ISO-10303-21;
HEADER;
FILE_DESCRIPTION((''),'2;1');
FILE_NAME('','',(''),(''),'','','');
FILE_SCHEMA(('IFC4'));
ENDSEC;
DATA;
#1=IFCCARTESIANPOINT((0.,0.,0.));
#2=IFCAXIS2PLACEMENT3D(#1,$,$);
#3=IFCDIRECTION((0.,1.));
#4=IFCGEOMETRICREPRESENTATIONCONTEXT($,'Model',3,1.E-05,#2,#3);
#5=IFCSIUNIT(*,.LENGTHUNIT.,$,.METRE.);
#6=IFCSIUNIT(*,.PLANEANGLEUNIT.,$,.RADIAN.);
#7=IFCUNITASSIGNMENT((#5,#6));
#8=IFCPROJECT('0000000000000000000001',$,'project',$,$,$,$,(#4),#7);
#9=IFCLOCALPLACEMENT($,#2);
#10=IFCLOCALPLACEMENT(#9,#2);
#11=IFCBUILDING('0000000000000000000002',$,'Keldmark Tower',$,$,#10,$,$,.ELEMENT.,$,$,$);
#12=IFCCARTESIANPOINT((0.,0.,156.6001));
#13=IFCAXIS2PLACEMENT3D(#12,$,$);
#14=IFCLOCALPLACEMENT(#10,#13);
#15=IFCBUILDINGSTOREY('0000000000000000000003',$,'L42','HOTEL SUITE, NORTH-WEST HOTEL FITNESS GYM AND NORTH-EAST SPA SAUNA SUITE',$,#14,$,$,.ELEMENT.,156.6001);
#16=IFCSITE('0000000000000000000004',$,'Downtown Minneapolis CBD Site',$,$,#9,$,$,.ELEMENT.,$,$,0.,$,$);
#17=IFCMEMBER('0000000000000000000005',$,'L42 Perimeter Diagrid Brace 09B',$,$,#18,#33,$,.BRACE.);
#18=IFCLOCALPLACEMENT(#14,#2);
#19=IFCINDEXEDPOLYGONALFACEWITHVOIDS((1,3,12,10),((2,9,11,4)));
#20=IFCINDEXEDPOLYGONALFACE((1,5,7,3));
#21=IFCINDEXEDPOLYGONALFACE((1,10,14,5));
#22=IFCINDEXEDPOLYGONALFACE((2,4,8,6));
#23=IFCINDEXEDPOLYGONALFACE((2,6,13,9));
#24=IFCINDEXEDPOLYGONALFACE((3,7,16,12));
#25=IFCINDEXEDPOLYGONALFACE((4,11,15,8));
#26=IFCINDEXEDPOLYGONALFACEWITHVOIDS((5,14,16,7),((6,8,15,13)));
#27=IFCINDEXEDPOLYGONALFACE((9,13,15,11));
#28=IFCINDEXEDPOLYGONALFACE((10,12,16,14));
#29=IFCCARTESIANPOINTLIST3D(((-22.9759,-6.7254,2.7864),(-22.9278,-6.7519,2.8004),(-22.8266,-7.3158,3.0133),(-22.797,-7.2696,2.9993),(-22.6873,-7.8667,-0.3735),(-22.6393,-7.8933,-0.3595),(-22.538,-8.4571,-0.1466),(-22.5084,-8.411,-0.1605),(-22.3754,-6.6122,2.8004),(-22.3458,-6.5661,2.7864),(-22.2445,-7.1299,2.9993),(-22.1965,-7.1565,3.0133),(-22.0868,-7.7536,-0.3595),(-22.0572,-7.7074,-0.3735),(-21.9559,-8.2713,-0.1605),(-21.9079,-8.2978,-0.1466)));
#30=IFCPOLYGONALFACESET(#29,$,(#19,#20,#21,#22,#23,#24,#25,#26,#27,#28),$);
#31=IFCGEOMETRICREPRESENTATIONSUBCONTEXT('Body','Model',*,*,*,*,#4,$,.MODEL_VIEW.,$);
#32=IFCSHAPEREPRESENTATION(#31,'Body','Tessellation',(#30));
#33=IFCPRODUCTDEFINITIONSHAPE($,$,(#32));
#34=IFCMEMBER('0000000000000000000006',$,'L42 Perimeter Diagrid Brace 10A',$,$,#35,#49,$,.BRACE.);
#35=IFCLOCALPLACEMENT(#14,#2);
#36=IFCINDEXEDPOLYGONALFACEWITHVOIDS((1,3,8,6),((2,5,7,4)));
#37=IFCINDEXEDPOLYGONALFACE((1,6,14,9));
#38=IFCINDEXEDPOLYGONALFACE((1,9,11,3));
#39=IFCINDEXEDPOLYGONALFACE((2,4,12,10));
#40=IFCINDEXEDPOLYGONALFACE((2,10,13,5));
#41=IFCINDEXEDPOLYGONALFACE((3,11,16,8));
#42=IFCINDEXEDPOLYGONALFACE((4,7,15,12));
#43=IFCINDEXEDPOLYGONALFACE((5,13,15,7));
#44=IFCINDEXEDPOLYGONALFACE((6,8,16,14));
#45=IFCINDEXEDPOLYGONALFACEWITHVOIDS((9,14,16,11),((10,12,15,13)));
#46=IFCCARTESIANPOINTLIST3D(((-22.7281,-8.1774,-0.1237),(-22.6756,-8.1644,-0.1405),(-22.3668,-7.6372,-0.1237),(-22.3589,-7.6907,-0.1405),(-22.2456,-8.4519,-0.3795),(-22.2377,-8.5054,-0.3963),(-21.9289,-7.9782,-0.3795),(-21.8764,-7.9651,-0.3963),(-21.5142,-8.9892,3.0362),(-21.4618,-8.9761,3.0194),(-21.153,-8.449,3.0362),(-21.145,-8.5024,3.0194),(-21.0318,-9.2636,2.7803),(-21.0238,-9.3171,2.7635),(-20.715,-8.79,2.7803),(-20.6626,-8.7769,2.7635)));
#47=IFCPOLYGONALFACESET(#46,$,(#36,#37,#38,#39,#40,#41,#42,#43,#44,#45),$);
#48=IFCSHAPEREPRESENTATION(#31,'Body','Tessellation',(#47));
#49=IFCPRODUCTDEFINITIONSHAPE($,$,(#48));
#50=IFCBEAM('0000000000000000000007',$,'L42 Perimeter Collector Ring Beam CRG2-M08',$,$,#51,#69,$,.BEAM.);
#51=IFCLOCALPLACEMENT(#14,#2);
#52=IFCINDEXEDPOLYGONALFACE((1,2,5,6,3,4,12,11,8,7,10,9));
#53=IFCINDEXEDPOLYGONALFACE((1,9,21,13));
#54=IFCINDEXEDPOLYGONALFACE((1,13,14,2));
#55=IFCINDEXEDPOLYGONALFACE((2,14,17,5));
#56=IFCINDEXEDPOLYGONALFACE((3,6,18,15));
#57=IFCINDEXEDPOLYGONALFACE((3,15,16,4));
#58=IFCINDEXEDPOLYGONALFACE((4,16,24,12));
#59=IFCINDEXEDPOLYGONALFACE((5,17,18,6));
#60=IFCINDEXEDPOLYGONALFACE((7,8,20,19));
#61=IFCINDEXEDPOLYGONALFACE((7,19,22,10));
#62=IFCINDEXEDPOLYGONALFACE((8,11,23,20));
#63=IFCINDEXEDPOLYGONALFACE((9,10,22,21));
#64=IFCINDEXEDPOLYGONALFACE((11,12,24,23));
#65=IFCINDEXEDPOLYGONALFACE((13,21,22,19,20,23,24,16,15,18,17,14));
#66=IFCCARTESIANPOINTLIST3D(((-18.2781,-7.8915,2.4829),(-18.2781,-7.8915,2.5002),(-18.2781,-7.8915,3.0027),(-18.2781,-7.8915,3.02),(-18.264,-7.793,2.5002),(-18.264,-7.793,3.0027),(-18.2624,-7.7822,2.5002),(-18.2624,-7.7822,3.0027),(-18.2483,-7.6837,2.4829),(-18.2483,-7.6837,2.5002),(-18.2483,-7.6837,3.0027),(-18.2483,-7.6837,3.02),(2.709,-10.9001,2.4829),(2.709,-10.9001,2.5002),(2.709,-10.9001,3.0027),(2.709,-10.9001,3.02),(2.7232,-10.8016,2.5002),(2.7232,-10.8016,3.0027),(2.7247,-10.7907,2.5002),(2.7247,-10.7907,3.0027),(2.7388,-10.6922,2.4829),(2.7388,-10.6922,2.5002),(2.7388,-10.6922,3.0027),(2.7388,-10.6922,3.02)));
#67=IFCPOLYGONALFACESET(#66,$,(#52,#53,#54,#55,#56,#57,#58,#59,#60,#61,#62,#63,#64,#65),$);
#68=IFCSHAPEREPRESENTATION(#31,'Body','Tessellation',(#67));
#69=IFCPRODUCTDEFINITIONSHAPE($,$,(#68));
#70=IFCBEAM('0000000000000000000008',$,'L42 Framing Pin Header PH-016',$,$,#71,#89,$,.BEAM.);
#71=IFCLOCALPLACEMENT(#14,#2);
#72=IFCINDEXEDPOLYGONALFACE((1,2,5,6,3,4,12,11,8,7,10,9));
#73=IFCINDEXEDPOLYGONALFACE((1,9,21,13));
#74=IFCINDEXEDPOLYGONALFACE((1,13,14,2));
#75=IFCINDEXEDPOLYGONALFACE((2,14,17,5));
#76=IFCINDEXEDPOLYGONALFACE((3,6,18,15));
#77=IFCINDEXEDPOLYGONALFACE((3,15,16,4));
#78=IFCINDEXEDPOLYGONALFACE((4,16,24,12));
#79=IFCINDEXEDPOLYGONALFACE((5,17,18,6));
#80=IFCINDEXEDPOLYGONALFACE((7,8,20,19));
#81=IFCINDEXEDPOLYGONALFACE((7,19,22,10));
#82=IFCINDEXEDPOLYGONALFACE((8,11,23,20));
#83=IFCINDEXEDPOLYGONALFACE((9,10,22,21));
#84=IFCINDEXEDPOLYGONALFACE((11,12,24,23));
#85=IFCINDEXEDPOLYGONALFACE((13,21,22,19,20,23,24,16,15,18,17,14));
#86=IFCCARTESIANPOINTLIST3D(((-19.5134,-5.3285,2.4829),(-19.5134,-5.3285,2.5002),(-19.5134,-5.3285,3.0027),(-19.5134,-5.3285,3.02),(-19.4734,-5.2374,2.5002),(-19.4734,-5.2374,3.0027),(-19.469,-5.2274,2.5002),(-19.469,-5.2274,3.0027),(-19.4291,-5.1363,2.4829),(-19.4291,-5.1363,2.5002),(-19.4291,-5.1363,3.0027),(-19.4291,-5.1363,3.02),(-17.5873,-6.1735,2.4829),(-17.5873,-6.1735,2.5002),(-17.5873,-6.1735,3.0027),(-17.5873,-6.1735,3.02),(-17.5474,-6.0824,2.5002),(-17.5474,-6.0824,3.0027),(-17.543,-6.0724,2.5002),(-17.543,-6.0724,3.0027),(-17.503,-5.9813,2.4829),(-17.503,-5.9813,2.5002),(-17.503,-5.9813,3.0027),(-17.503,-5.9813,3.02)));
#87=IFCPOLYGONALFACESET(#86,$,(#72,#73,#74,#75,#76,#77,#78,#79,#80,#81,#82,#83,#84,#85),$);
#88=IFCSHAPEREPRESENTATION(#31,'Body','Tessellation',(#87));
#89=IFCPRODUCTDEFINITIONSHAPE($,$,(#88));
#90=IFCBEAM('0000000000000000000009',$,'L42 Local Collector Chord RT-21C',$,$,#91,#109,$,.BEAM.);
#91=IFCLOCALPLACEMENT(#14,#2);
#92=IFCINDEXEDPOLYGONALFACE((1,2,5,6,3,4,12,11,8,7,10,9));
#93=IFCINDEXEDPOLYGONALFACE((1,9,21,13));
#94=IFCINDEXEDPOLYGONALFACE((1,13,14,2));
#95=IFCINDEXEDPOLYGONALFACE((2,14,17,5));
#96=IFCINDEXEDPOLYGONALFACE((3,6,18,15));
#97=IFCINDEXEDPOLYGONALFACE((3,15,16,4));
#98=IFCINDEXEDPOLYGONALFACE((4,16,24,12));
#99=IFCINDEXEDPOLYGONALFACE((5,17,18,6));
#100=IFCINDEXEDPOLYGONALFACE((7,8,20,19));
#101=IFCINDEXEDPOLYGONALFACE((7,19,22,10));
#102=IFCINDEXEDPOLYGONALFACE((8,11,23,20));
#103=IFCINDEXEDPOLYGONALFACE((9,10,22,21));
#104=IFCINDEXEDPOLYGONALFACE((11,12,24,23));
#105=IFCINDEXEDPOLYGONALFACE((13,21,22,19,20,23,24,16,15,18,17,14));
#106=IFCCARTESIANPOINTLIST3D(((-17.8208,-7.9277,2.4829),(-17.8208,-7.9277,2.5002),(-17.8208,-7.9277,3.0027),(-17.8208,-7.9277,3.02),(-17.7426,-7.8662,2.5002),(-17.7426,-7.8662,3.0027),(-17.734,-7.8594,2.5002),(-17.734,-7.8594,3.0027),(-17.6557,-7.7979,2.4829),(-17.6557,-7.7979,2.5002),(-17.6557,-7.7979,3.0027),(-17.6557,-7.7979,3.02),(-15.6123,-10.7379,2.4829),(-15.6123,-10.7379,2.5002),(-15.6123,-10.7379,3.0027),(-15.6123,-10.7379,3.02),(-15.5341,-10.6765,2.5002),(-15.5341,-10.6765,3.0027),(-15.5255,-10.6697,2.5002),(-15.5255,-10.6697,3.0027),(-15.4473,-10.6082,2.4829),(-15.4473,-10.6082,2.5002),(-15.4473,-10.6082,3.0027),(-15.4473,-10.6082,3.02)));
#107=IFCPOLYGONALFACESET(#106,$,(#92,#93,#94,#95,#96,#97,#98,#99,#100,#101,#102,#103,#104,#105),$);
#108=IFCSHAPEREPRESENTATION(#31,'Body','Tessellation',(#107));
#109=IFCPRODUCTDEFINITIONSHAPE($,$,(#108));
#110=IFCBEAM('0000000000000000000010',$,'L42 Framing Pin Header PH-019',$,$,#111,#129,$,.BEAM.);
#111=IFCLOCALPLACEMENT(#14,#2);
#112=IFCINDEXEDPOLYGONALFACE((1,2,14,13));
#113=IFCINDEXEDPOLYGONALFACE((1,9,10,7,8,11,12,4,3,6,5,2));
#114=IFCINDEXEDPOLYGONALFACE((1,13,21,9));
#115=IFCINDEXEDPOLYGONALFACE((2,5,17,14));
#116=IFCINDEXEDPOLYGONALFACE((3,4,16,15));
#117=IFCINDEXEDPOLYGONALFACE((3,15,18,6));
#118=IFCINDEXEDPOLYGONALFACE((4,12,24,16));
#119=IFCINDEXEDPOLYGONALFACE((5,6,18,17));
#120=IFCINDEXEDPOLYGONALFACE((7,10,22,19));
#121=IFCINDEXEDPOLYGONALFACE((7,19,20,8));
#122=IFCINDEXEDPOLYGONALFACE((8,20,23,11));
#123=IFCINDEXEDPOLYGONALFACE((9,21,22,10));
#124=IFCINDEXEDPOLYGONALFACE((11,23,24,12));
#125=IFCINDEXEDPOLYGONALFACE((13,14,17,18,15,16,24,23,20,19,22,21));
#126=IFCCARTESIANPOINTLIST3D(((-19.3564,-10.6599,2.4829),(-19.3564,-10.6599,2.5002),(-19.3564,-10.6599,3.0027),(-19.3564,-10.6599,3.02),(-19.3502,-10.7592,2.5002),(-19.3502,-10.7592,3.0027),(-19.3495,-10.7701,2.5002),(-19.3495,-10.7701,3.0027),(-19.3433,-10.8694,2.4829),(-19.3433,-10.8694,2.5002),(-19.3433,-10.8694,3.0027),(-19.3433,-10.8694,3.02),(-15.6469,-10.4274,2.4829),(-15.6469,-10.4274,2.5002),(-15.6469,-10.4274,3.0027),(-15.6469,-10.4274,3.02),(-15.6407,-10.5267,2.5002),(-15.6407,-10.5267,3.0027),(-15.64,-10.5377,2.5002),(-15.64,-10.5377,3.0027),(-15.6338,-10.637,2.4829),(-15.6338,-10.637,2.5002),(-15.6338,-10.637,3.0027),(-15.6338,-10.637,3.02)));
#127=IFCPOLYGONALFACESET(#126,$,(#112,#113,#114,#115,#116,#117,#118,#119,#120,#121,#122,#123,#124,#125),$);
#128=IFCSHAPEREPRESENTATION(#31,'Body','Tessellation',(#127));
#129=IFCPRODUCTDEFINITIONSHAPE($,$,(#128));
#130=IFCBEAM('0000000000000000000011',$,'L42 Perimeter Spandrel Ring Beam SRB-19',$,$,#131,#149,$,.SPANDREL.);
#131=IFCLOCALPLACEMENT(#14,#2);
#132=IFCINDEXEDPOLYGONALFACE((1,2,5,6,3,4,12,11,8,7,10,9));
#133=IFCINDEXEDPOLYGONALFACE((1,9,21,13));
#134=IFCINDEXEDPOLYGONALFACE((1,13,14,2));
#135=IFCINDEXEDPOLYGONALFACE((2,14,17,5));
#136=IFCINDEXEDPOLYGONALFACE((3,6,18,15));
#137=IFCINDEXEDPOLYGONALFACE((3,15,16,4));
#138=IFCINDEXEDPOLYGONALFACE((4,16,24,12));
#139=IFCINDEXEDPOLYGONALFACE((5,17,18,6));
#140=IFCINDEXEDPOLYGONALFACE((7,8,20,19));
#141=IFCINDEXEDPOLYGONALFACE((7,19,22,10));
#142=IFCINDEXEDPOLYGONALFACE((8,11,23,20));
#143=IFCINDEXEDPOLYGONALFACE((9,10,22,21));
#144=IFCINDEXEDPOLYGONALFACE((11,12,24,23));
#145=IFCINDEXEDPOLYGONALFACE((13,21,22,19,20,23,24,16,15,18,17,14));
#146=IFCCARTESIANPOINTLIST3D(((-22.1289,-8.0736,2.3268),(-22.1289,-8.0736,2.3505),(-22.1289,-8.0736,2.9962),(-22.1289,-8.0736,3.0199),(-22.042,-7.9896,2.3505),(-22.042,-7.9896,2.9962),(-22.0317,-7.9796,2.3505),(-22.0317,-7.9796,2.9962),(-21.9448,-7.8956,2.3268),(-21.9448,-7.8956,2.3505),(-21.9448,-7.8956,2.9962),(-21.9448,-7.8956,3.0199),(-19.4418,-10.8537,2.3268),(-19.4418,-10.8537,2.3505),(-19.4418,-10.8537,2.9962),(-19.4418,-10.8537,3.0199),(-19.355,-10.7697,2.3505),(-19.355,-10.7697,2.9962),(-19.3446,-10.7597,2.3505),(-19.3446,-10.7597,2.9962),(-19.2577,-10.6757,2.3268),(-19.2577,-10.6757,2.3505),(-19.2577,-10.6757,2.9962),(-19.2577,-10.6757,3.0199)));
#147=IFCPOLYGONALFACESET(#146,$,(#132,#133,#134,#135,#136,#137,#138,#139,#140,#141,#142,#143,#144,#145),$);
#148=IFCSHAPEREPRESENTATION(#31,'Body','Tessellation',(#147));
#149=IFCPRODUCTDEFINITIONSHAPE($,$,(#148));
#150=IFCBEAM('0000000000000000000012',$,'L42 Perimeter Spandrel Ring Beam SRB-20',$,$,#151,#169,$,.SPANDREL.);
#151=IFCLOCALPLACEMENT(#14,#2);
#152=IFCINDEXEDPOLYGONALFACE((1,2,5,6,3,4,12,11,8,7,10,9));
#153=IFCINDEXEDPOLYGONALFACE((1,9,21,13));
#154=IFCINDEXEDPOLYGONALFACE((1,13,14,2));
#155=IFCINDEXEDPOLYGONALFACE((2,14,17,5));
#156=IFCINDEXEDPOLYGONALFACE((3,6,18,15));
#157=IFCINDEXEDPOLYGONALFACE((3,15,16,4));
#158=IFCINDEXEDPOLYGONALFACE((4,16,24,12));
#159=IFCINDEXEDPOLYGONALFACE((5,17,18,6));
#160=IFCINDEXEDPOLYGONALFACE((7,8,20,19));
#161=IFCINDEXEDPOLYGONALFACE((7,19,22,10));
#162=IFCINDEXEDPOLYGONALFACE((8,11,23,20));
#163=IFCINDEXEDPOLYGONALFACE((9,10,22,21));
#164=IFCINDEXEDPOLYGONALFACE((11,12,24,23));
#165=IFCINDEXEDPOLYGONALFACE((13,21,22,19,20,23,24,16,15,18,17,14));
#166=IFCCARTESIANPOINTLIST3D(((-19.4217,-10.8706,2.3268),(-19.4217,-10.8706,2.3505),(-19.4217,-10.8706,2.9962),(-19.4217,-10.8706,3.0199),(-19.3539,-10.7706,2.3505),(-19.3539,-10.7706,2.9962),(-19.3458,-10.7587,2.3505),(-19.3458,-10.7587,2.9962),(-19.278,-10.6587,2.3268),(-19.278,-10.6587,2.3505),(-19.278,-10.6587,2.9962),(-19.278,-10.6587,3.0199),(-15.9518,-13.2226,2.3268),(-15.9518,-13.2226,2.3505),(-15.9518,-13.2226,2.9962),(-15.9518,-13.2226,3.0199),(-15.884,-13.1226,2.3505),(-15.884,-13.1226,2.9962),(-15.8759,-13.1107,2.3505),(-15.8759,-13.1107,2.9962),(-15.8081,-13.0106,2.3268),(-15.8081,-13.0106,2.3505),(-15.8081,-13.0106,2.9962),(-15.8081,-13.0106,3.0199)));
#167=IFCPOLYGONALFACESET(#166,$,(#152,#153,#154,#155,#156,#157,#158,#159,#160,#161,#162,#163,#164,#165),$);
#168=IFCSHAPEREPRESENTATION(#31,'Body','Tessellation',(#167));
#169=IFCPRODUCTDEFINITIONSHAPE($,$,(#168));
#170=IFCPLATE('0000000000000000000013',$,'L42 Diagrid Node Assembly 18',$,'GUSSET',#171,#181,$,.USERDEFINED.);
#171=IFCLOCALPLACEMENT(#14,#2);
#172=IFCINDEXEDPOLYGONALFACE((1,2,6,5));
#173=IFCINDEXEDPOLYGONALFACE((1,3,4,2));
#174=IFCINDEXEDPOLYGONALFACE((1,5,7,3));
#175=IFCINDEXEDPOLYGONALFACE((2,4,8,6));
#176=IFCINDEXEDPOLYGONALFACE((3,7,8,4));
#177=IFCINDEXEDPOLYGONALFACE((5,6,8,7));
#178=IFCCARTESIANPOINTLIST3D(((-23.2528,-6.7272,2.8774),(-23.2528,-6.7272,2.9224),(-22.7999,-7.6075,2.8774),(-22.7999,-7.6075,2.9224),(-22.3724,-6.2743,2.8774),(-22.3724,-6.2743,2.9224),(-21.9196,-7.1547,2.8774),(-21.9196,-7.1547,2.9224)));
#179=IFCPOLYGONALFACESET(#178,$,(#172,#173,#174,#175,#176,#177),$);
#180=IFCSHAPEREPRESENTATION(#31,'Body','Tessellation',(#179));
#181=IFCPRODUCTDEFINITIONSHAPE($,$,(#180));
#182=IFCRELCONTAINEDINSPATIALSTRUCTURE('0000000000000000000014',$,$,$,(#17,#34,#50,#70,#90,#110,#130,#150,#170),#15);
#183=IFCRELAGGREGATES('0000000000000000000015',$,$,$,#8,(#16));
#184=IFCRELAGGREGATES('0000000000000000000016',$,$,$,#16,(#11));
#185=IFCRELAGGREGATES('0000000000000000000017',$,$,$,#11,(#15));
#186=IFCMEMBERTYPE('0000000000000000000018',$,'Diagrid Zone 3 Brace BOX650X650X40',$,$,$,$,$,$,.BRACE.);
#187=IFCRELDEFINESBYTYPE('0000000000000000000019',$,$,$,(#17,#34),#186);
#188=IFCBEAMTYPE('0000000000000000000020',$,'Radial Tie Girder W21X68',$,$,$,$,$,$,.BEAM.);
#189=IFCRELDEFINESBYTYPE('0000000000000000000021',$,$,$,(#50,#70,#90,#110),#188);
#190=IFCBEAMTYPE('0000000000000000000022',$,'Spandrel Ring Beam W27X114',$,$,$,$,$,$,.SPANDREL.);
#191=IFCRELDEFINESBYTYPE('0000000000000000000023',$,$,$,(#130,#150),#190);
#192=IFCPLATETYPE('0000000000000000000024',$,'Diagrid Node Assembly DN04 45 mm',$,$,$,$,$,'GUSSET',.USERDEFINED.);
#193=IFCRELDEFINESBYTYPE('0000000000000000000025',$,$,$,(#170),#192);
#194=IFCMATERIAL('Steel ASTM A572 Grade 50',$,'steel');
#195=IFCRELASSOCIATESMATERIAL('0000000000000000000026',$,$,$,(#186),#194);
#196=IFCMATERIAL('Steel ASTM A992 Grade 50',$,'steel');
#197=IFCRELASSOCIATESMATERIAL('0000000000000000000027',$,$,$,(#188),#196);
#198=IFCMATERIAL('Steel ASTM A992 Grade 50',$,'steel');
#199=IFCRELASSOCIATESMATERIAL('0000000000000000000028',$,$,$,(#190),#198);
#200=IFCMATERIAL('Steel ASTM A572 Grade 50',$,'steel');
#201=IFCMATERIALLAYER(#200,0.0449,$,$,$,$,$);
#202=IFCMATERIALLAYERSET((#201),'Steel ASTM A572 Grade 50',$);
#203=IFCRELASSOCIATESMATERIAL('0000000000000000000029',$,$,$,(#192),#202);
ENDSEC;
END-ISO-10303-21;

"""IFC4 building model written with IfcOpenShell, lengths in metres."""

from ifc_helpers import new_model, si_unit, direction, frame, origin, origin_2d, place, context, subcontext, project, spatial, rectangle, hollow_rectangle, i_section, extrude, material, layer, layer_set, material_profile, profile_set, type_object, element, save


model = new_model("IFC4")

# Units and contexts
model_context = context("Model", 3, precision=1e-05, world=origin(), true_north=direction((0.0, 1.0)))
body_context = subcontext(model_context, "Body", "Model", "MODEL_VIEW")
ifc_project = project(units=[si_unit("LENGTHUNIT", "METRE"), si_unit("PLANEANGLEUNIT", "RADIAN")], contexts=[model_context])

# Site, building, storey
site_placement = place(None, origin())
site = spatial("IfcSite", under=ifc_project, at=site_placement, Name="Downtown Minneapolis CBD Site", CompositionType="ELEMENT", RefElevation=0.0)
building_placement = place(site_placement, origin())
building = spatial("IfcBuilding", under=site, at=building_placement, Name="Keldmark Tower", CompositionType="ELEMENT")
storey_placement = place(building_placement, frame((0.0, 0.0, 156.6001)))
storey = spatial("IfcBuildingStorey", under=building, at=storey_placement, Name="L42", Description="HOTEL SUITE, NORTH-WEST HOTEL FITNESS GYM AND NORTH-EAST SPA SAUNA SUITE", CompositionType="ELEMENT", Elevation=156.6001)

# Members
ifc_material_1 = material(Name="Steel ASTM A572 Grade 50", Category="steel")
ifc_material_profile_1 = material_profile(ifc_material_1, hollow_rectangle(XDim=0.6499, YDim=0.6499, WallThickness=0.04, at=origin_2d()), Name="BOX650X650X40")
ifc_profile_set_1 = profile_set([ifc_material_profile_1], Name="Steel ASTM A572 Grade 50")
member_type = type_object("IfcMemberType", Name="Diagrid Zone 3 Brace BOX650X650X40", PredefinedType="BRACE", material=ifc_profile_set_1)
member_1_placement = place(storey_placement, frame((-22.2976, -8.0823, -0.26), z_axis=(-0.085577, 0.338471, 0.937077), x_axis=(-0.969493, -0.245121, 0.0)))
element("IfcMember", 1, at=member_1_placement, inside=storey, type_object=member_type, Name="L42 Perimeter Diagrid Brace 09B", PredefinedType="BRACE", context=body_context, shape_type="SweptSolid", body=[
    extrude(hollow_rectangle(XDim=0.6499, YDim=0.6499, WallThickness=0.04, at=origin_2d()), origin(), (0.0, 0.0, 1.0), 3.3721),
])
member_2_placement = place(storey_placement, frame((-22.3022, -8.0713, -0.26), z_axis=(0.34871, -0.233198, 0.907755), x_axis=(0.555896, 0.831252, 0.0)))
element("IfcMember", 2, at=member_2_placement, inside=storey, type_object=member_type, Name="L42 Perimeter Diagrid Brace 10A", PredefinedType="BRACE", context=body_context, shape_type="SweptSolid", body=[
    extrude(hollow_rectangle(XDim=0.6499, YDim=0.6499, WallThickness=0.04, at=origin_2d()), origin(), (0.0, 0.0, 1.0), 3.481),
])

# Beams
ifc_material_2 = material(Name="Steel ASTM A992 Grade 50", Category="steel")
ifc_material_profile_2 = material_profile(ifc_material_2, i_section(OverallWidth=0.21, OverallDepth=0.5371, WebThickness=0.011, FlangeThickness=0.0173, at=origin_2d()), Name="W21X68")
ifc_profile_set_2 = profile_set([ifc_material_profile_2], Name="Steel ASTM A992 Grade 50")
beam_type_1 = type_object("IfcBeamType", Name="Radial Tie Girder W21X68", PredefinedType="BEAM", material=ifc_profile_set_2)
beam_1_placement = place(storey_placement, frame((-18.2632, -7.7876, 2.7515), z_axis=(0.989881, -0.141902, 0.0), x_axis=(0.141902, 0.989881, 0.0)))
element("IfcBeam", 3, at=beam_1_placement, inside=storey, type_object=beam_type_1, Name="L42 Perimeter Collector Ring Beam CRG2-M08", PredefinedType="BEAM", context=body_context, shape_type="SweptSolid", body=[
    extrude(i_section(OverallWidth=0.21, OverallDepth=0.5371, WebThickness=0.011, FlangeThickness=0.0173, at=origin_2d()), origin(), (0.0, 0.0, 1.0), 21.2017),
])
beam_2_placement = place(storey_placement, frame((-17.5452, -6.0774, 2.7515), z_axis=(-0.915749, 0.40175, 0.0), x_axis=(-0.40175, -0.915749, 0.0)))
element("IfcBeam", 4, at=beam_2_placement, inside=storey, type_object=beam_type_1, Name="L42 Framing Pin Header PH-016", PredefinedType="BEAM", context=body_context, shape_type="SweptSolid", body=[
    extrude(i_section(OverallWidth=0.21, OverallDepth=0.5371, WebThickness=0.011, FlangeThickness=0.0173, at=origin_2d()), origin(), (0.0, 0.0, 1.0), 2.1033),
])
beam_3_placement = place(storey_placement, frame((-17.7383, -7.8628, 2.7515), z_axis=(0.617891, -0.786264, 0.0), x_axis=(0.786264, 0.617891, 0.0)))
element("IfcBeam", 5, at=beam_3_placement, inside=storey, type_object=beam_type_1, Name="L42 Local Collector Chord RT-21C", PredefinedType="BEAM", context=body_context, shape_type="SweptSolid", body=[
    extrude(i_section(OverallWidth=0.21, OverallDepth=0.5371, WebThickness=0.011, FlangeThickness=0.0173, at=origin_2d()), origin(), (0.0, 0.0, 1.0), 3.5742),
])
beam_4_placement = place(storey_placement, frame((-19.3499, -10.7646, 2.7515), z_axis=(0.998043, 0.062534, 0.0), x_axis=(-0.062534, 0.998043, 0.0)))
element("IfcBeam", 6, at=beam_4_placement, inside=storey, type_object=beam_type_1, Name="L42 Framing Pin Header PH-019", PredefinedType="BEAM", context=body_context, shape_type="SweptSolid", body=[
    extrude(i_section(OverallWidth=0.21, OverallDepth=0.5371, WebThickness=0.011, FlangeThickness=0.0173, at=origin_2d()), origin(), (0.0, 0.0, 1.0), 3.7168),
])
ifc_material_3 = material(Name="Steel ASTM A992 Grade 50", Category="steel")
ifc_material_profile_3 = material_profile(ifc_material_3, i_section(OverallWidth=0.2561, OverallDepth=0.6931, WebThickness=0.0144, FlangeThickness=0.0237, at=origin_2d()), Name="W27X114")
ifc_profile_set_3 = profile_set([ifc_material_profile_3], Name="Steel ASTM A992 Grade 50")
beam_type_2 = type_object("IfcBeamType", Name="Spandrel Ring Beam W27X114", PredefinedType="SPANDREL", material=ifc_profile_set_3)
beam_5_placement = place(storey_placement, frame((-22.0369, -7.9846, 2.6733), z_axis=(0.694975, -0.719034, 0.0), x_axis=(0.719034, 0.694975, 0.0)))
element("IfcBeam", 7, at=beam_5_placement, inside=storey, type_object=beam_type_2, Name="L42 Perimeter Spandrel Ring Beam SRB-19", PredefinedType="SPANDREL", context=body_context, shape_type="SweptSolid", body=[
    extrude(i_section(OverallWidth=0.2561, OverallDepth=0.6931, WebThickness=0.0144, FlangeThickness=0.0237, at=origin_2d()), origin(), (0.0, 0.0, 1.0), 3.8665),
])
beam_6_placement = place(storey_placement, frame((-19.3499, -10.7646, 2.6733), z_axis=(0.827761, -0.561081, 0.0), x_axis=(0.561081, 0.827761, 0.0)))
element("IfcBeam", 8, at=beam_6_placement, inside=storey, type_object=beam_type_2, Name="L42 Perimeter Spandrel Ring Beam SRB-20", PredefinedType="SPANDREL", context=body_context, shape_type="SweptSolid", body=[
    extrude(i_section(OverallWidth=0.2561, OverallDepth=0.6931, WebThickness=0.0144, FlangeThickness=0.0237, at=origin_2d()), origin(), (0.0, 0.0, 1.0), 4.1919),
])

# Plate
ifc_material_4 = material(Name="Steel ASTM A572 Grade 50", Category="steel")
ifc_layer_1 = layer(ifc_material_4, 0.0449)
ifc_layer_set_1 = layer_set([ifc_layer_1], Name="Steel ASTM A572 Grade 50")
plate_type = type_object("IfcPlateType", Name="Diagrid Node Assembly DN04 45 mm", ElementType="GUSSET", PredefinedType="USERDEFINED", material=ifc_layer_set_1)
for number, where, z_axis, x_axis, name in (
    (9, (-22.5862, -6.9409, 2.8774), (0.0, 0.0, 1.0), (0.457408, -0.889257, 0.0), "L42 Diagrid Node Assembly 18"),
):
    element("IfcPlate", number, at=place(storey_placement, frame(where, z_axis=z_axis, x_axis=x_axis)), inside=storey, type_object=plate_type, Name=name, ObjectType="GUSSET", PredefinedType="USERDEFINED", context=body_context, shape_type="SweptSolid", body=[
        extrude(rectangle(XDim=0.99, YDim=0.99, at=origin_2d()), origin(), (0.0, 0.0, 1.0), 0.0449),
    ])

save(model, "model.ifc")
